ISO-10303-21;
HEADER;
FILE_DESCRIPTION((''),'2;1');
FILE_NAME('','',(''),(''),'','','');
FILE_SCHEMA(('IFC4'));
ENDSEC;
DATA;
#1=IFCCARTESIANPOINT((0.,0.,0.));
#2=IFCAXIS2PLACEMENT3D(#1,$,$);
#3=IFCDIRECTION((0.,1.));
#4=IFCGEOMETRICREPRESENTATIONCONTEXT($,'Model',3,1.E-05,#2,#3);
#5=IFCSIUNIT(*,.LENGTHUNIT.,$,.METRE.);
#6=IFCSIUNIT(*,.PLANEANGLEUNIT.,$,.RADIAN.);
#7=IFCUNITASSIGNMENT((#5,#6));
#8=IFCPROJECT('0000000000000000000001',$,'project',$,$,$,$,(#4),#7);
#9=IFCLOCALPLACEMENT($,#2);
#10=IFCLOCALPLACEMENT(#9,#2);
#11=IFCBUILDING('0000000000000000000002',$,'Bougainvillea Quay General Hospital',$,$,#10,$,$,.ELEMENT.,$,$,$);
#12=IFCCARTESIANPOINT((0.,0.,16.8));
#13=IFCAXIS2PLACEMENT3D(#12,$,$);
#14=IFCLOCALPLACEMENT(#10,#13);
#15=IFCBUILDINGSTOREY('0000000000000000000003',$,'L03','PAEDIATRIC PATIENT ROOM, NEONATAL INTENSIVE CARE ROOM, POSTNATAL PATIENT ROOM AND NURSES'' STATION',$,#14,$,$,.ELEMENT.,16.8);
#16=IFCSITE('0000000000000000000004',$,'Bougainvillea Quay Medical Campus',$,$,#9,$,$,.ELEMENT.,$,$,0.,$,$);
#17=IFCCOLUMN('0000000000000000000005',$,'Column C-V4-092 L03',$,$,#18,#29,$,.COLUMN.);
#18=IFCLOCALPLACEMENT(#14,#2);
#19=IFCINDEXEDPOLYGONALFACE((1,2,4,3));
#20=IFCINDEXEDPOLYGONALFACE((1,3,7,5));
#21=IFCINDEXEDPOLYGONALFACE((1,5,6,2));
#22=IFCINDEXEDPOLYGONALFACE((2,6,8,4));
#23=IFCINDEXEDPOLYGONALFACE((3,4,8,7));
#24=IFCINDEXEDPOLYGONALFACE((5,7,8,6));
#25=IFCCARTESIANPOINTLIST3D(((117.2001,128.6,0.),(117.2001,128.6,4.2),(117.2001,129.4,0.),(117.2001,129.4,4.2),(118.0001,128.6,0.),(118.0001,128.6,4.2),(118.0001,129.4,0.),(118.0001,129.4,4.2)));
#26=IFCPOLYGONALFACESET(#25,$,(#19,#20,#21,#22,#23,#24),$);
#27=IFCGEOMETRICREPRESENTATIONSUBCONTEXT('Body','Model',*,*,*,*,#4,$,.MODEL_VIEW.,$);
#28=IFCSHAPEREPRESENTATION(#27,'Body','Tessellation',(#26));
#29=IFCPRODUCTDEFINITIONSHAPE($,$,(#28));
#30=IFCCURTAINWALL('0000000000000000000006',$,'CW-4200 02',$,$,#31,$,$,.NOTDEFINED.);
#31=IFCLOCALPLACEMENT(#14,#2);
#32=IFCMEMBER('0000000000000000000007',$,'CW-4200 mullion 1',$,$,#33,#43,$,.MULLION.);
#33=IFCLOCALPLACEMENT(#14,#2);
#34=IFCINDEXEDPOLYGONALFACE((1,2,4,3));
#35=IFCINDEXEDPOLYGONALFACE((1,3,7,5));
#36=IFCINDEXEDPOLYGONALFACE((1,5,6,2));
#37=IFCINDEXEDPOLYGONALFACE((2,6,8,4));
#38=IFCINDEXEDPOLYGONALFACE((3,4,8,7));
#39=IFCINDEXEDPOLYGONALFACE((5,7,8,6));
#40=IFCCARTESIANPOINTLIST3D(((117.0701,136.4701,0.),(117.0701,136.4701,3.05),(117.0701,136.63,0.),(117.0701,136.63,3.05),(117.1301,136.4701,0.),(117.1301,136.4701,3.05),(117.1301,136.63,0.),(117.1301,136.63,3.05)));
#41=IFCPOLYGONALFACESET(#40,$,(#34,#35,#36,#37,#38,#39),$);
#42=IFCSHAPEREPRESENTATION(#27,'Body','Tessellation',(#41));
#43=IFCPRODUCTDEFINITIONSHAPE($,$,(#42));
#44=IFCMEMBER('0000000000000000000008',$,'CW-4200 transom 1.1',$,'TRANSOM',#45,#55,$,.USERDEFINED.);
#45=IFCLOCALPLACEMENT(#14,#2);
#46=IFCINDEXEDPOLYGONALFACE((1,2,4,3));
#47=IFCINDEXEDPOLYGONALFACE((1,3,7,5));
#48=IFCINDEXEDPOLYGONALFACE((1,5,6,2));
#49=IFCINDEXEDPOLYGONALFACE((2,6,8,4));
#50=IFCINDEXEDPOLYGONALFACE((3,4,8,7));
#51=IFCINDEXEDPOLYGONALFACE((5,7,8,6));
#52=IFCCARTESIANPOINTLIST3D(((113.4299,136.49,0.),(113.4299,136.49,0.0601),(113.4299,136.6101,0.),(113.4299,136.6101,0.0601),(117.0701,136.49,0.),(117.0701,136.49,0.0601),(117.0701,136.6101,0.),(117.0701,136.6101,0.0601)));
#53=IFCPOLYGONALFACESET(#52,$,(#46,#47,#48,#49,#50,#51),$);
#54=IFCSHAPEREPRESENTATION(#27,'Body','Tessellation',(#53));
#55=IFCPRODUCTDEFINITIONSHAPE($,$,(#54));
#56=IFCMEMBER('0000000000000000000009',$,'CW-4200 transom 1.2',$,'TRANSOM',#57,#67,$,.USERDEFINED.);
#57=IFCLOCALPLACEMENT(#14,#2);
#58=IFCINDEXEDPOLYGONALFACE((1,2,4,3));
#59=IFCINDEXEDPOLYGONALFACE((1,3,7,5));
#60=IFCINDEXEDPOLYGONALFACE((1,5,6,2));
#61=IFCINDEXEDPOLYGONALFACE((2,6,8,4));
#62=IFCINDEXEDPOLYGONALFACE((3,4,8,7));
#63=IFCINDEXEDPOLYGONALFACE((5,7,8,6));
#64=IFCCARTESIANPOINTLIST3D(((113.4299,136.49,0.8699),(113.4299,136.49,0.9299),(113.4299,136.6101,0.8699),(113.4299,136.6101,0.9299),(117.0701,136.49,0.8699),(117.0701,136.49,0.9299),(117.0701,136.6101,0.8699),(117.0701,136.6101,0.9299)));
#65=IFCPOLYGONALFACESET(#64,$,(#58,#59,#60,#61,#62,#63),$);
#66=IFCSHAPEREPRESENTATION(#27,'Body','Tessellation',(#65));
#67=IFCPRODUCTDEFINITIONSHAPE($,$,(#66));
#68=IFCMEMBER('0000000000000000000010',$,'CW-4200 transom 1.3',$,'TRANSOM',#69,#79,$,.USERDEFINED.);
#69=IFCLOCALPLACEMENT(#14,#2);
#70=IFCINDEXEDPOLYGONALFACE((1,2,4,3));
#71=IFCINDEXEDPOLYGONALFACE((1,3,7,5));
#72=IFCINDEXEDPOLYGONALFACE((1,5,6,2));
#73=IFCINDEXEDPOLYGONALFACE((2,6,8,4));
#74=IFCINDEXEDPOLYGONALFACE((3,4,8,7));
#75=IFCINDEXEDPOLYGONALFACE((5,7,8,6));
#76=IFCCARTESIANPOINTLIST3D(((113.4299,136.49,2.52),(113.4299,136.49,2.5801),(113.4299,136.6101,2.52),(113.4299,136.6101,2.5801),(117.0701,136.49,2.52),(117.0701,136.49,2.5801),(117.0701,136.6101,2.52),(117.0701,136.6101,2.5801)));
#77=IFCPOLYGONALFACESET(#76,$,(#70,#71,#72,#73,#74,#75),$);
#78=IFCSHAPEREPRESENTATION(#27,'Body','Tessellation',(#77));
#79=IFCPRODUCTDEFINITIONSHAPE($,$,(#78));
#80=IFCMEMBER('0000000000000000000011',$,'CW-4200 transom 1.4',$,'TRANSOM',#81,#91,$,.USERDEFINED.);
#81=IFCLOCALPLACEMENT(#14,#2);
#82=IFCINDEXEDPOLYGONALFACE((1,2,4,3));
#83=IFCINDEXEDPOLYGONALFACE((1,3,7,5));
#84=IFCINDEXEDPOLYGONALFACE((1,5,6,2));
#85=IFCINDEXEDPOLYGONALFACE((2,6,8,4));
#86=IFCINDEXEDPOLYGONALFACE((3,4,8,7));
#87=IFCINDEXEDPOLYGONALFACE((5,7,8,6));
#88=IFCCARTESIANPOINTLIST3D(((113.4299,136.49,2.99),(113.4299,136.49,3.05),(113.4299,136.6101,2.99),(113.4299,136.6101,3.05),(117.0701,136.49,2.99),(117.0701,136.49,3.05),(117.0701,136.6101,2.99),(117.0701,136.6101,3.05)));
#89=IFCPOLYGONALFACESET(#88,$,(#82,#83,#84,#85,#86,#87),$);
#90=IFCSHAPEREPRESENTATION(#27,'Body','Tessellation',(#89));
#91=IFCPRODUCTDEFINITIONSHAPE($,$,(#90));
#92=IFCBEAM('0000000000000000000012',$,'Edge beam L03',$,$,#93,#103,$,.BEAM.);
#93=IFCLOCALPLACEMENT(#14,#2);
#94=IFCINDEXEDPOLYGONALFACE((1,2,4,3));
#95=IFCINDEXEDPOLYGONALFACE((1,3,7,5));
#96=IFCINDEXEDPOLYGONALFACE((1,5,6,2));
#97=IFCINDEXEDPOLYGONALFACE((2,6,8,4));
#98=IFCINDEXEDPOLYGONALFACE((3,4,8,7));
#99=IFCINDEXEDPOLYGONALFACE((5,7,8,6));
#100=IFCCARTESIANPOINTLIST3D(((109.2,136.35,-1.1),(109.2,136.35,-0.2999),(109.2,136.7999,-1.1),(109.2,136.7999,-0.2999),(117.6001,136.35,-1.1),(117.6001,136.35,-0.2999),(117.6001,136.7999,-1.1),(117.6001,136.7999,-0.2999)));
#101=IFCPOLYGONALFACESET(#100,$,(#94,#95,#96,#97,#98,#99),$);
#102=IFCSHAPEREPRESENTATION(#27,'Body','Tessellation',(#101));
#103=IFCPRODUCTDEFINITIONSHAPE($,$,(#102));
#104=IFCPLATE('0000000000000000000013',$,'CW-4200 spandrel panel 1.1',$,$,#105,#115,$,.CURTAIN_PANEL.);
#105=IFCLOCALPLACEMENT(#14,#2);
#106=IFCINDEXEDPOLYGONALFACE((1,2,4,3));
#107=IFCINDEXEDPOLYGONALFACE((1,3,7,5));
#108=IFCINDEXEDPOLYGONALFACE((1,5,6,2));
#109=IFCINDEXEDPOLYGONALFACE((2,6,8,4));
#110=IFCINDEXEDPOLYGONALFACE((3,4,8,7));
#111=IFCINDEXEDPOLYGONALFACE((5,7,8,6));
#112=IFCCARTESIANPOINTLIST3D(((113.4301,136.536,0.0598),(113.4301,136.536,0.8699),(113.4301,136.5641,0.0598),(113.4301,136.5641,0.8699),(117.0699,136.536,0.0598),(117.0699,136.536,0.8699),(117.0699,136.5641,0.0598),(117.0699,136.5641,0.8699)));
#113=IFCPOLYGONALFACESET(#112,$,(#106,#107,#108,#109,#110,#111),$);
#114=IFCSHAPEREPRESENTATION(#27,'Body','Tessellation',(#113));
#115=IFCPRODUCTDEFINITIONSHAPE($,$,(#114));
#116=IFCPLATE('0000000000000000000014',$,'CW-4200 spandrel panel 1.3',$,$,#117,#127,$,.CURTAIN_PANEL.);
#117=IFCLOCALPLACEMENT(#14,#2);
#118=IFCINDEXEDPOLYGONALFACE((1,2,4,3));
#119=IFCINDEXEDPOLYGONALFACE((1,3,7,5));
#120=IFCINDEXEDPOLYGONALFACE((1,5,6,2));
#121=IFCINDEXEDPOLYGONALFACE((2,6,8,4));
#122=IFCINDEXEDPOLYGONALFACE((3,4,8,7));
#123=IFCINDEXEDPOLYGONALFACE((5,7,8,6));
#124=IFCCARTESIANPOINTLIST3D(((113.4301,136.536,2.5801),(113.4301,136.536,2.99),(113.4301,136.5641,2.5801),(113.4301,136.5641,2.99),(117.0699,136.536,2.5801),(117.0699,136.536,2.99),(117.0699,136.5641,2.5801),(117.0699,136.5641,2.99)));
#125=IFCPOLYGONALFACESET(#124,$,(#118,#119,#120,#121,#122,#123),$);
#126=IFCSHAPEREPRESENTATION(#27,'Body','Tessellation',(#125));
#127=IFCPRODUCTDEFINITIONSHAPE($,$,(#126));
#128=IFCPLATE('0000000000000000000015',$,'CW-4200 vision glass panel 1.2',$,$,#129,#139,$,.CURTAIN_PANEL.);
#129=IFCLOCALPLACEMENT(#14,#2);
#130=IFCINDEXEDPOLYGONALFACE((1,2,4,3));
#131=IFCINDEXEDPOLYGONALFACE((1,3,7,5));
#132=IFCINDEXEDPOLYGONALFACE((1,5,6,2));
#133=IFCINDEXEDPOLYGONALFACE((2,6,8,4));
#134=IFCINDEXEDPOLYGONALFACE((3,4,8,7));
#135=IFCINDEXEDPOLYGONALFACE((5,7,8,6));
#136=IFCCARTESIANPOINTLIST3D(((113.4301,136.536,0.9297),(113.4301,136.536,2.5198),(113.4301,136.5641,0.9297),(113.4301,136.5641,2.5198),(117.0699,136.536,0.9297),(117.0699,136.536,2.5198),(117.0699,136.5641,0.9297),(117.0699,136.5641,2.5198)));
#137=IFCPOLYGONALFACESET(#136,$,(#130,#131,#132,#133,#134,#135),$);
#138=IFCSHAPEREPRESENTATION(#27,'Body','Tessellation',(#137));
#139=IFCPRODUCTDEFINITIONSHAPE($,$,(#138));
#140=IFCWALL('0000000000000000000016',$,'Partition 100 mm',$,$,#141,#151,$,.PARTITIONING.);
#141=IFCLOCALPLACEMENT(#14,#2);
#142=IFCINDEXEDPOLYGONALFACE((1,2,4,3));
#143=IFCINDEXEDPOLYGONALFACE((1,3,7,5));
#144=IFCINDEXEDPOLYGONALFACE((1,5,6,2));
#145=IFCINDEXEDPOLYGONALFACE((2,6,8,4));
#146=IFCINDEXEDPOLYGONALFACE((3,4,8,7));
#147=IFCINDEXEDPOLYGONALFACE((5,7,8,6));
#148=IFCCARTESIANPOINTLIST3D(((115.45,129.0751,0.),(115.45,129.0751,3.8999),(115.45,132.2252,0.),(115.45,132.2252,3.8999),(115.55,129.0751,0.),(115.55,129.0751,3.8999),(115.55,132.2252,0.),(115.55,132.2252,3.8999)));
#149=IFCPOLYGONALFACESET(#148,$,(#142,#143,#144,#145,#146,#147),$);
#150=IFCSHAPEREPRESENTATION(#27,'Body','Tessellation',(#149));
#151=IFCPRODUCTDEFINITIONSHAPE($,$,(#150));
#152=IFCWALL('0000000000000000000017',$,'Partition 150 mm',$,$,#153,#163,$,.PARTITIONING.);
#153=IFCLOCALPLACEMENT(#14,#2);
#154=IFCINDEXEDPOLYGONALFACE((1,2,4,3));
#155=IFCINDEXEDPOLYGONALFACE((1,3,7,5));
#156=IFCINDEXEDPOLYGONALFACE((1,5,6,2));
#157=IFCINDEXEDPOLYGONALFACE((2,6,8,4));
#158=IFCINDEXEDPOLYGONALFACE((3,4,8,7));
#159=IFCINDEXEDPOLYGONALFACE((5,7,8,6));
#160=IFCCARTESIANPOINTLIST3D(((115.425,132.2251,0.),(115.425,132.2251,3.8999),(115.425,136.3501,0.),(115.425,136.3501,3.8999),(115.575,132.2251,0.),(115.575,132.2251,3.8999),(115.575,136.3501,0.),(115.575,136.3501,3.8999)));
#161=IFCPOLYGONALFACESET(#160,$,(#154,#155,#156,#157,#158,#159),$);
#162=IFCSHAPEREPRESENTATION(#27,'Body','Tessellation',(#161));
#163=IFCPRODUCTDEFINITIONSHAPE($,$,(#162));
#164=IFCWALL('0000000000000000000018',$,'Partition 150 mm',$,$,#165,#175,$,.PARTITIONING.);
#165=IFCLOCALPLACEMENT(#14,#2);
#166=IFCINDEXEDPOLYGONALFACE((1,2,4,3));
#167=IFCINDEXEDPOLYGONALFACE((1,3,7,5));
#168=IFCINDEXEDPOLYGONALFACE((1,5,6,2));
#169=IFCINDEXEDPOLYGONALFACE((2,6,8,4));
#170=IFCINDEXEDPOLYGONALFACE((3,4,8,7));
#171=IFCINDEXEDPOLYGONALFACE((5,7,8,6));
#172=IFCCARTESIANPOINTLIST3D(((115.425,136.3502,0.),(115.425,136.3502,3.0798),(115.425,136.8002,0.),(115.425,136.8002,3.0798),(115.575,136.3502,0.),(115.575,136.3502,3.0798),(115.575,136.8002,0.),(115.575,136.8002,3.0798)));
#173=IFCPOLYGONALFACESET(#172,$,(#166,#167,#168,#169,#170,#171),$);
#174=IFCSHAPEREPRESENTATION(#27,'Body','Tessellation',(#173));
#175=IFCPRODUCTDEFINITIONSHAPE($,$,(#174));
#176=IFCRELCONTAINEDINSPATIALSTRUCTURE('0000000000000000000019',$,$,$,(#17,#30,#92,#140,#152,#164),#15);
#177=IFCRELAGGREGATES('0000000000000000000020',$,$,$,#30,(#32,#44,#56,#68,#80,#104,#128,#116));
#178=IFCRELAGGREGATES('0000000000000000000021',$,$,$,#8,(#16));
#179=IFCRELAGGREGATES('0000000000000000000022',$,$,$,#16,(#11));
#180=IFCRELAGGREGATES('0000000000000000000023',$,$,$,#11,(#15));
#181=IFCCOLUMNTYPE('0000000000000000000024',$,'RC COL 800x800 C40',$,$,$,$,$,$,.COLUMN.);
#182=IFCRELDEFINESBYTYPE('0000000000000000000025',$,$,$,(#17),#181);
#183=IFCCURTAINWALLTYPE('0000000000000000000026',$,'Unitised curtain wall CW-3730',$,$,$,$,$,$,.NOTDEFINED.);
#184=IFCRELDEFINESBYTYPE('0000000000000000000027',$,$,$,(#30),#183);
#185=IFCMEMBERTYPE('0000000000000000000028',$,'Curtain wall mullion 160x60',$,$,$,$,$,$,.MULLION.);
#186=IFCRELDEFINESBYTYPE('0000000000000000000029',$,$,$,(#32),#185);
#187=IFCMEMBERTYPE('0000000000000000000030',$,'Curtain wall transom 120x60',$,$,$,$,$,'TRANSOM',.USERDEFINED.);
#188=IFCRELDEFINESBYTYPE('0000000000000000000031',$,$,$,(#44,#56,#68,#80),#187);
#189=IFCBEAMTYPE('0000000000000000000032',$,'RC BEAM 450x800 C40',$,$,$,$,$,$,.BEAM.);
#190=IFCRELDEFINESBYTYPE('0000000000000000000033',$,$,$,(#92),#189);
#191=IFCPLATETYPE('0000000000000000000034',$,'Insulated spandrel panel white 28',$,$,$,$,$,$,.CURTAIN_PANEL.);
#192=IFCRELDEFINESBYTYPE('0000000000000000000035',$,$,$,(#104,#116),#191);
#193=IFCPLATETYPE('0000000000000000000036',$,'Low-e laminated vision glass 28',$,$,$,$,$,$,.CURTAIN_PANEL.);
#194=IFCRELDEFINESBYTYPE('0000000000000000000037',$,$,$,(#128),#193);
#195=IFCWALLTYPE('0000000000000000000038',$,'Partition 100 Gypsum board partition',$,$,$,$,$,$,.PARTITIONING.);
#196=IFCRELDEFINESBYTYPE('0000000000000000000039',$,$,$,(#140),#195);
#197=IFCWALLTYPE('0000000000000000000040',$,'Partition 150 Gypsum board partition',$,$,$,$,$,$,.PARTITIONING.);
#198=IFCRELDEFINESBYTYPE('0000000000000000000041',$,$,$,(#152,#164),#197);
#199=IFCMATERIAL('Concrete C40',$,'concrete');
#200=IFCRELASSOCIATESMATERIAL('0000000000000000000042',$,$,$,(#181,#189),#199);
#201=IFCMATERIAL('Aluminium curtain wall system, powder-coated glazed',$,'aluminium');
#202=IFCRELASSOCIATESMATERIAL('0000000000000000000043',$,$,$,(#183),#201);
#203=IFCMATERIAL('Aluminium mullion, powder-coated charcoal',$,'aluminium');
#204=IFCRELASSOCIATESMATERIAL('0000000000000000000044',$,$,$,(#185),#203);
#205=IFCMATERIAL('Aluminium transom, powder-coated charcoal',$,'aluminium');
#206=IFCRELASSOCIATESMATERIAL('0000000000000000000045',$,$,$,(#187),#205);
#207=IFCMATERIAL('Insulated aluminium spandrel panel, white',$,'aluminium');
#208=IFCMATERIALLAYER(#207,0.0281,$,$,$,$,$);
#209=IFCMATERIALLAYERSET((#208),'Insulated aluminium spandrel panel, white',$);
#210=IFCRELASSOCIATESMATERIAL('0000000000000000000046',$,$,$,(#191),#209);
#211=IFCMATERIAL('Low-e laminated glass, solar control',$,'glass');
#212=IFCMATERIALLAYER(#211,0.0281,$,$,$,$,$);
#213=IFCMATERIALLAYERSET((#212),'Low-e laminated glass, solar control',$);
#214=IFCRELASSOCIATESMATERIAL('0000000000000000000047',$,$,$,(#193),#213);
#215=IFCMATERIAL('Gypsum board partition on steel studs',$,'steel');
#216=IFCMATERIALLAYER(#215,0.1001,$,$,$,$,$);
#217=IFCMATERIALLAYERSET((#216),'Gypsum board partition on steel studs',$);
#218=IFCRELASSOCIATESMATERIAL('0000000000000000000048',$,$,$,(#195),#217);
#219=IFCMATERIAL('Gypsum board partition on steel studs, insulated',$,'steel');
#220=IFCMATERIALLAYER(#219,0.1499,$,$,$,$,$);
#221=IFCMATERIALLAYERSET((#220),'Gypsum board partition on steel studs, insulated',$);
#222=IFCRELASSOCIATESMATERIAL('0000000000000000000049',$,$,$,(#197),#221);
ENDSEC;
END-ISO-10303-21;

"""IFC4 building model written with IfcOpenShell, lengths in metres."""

from ifc_helpers import new_model, si_unit, direction, frame, frame_2d, origin, origin_2d, place, context, subcontext, project, spatial, rectangle, extrude, material, layer, layer_set, material_profile, profile_set, type_object, element, aggregate, save


model = new_model("IFC4")

# Units and contexts
model_context = context("Model", 3, precision=1e-05, world=origin(), true_north=direction((0.0, 1.0)))
body_context = subcontext(model_context, "Body", "Model", "MODEL_VIEW")
ifc_project = project(units=[si_unit("LENGTHUNIT", "METRE"), si_unit("PLANEANGLEUNIT", "RADIAN")], contexts=[model_context])

# Site, building, storey
site_placement = place(None, origin())
site = spatial("IfcSite", under=ifc_project, at=site_placement, Name="Bougainvillea Quay Medical Campus", CompositionType="ELEMENT", RefElevation=0.0)
building_placement = place(site_placement, origin())
building = spatial("IfcBuilding", under=site, at=building_placement, Name="Bougainvillea Quay General Hospital", CompositionType="ELEMENT")
storey_placement = place(building_placement, frame((0.0, 0.0, 16.8)))
storey = spatial("IfcBuildingStorey", under=building, at=storey_placement, Name="L03", Description="PAEDIATRIC PATIENT ROOM, NEONATAL INTENSIVE CARE ROOM, POSTNATAL PATIENT ROOM AND NURSES' STATION", CompositionType="ELEMENT", Elevation=16.8)

# Column
ifc_material_1 = material(Name="Concrete C40", Category="concrete")
ifc_material_profile_1 = material_profile(ifc_material_1, rectangle(XDim=0.8, YDim=0.8, at=origin_2d()))
ifc_profile_set_1 = profile_set([ifc_material_profile_1], Name="Concrete C40")
column_type = type_object("IfcColumnType", Name="RC COL 800x800 C40", PredefinedType="COLUMN", material=ifc_profile_set_1)
column_placement = place(storey_placement, frame((117.6001, 129.0, 0.0), z_axis=(0.0, 0.0, 1.0), x_axis=(1.0, 0.0, 0.0)))
element("IfcColumn", 1, at=column_placement, inside=storey, type_object=column_type, Name="Column C-V4-092 L03", PredefinedType="COLUMN", context=body_context, shape_type="SweptSolid", body=[
    extrude(rectangle(XDim=0.8, YDim=0.8, at=origin_2d()), origin(), (0.0, 0.0, 1.0), 4.2),
])

# Curtain wall, members
ifc_material_2 = material(Name="Aluminium curtain wall system, powder-coated glazed", Category="aluminium")
curtain_wall_type = type_object("IfcCurtainWallType", Name="Unitised curtain wall CW-3730", PredefinedType="NOTDEFINED", material=ifc_material_2)
curtain_wall_placement = place(storey_placement, origin())
curtain_wall = element("IfcCurtainWall", 2, at=curtain_wall_placement, inside=storey, type_object=curtain_wall_type, Name="CW-4200 02", PredefinedType="NOTDEFINED")
ifc_material_3 = material(Name="Aluminium mullion, powder-coated charcoal", Category="aluminium")
ifc_material_profile_2 = material_profile(ifc_material_3, rectangle(XDim=0.1599, YDim=0.0601, at=origin_2d()))
ifc_profile_set_2 = profile_set([ifc_material_profile_2], Name="Aluminium mullion, powder-coated charcoal")
member_type_1 = type_object("IfcMemberType", Name="Curtain wall mullion 160x60", PredefinedType="MULLION", material=ifc_profile_set_2)
member_1_placement = place(storey_placement, frame((117.1001, 136.55, 0.0), z_axis=(0.0, 0.0, 1.0), x_axis=(0.0, -1.0, 0.0)))
member_1 = element("IfcMember", 3, at=member_1_placement, type_object=member_type_1, Name="CW-4200 mullion 1", PredefinedType="MULLION", context=body_context, shape_type="SweptSolid", body=[
    extrude(rectangle(XDim=0.1599, YDim=0.0601, at=origin_2d()), origin(), (0.0, 0.0, 1.0), 3.05),
])
ifc_material_4 = material(Name="Aluminium transom, powder-coated charcoal", Category="aluminium")
ifc_material_profile_3 = material_profile(ifc_material_4, rectangle(XDim=0.1201, YDim=0.0601, at=origin_2d()))
ifc_profile_set_3 = profile_set([ifc_material_profile_3], Name="Aluminium transom, powder-coated charcoal")
member_type_2 = type_object("IfcMemberType", Name="Curtain wall transom 120x60", ElementType="TRANSOM", PredefinedType="USERDEFINED", material=ifc_profile_set_3)
member_2_placement = place(storey_placement, frame((117.0701, 136.55, 0.03), z_axis=(-1.0, 0.0, 0.0), x_axis=(0.0, -1.0, 0.0)))
member_2 = element("IfcMember", 4, at=member_2_placement, type_object=member_type_2, Name="CW-4200 transom 1.1", ObjectType="TRANSOM", PredefinedType="USERDEFINED", context=body_context, shape_type="SweptSolid", body=[
    extrude(rectangle(XDim=0.1201, YDim=0.0601, at=origin_2d()), origin(), (0.0, 0.0, 1.0), 3.6401),
])
member_3_placement = place(storey_placement, frame((117.0701, 136.55, 0.8999), z_axis=(-1.0, 0.0, 0.0), x_axis=(0.0, -1.0, 0.0)))
member_3 = element("IfcMember", 5, at=member_3_placement, type_object=member_type_2, Name="CW-4200 transom 1.2", ObjectType="TRANSOM", PredefinedType="USERDEFINED", context=body_context, shape_type="SweptSolid", body=[
    extrude(rectangle(XDim=0.1201, YDim=0.0601, at=origin_2d()), origin(), (0.0, 0.0, 1.0), 3.6401),
])
member_4_placement = place(storey_placement, frame((117.0701, 136.55, 2.55), z_axis=(-1.0, 0.0, 0.0), x_axis=(0.0, -1.0, 0.0)))
member_4 = element("IfcMember", 6, at=member_4_placement, type_object=member_type_2, Name="CW-4200 transom 1.3", ObjectType="TRANSOM", PredefinedType="USERDEFINED", context=body_context, shape_type="SweptSolid", body=[
    extrude(rectangle(XDim=0.1201, YDim=0.0601, at=origin_2d()), origin(), (0.0, 0.0, 1.0), 3.6401),
])
member_5_placement = place(storey_placement, frame((117.0701, 136.55, 3.02), z_axis=(-1.0, 0.0, 0.0), x_axis=(0.0, -1.0, 0.0)))
member_5 = element("IfcMember", 7, at=member_5_placement, type_object=member_type_2, Name="CW-4200 transom 1.4", ObjectType="TRANSOM", PredefinedType="USERDEFINED", context=body_context, shape_type="SweptSolid", body=[
    extrude(rectangle(XDim=0.1201, YDim=0.0601, at=origin_2d()), origin(), (0.0, 0.0, 1.0), 3.6401),
])

# Beam
ifc_material_profile_4 = material_profile(ifc_material_1, rectangle(XDim=0.45, YDim=0.8, at=origin_2d()))
ifc_profile_set_4 = profile_set([ifc_material_profile_4], Name="Concrete C40")
beam_type = type_object("IfcBeamType", Name="RC BEAM 450x800 C40", PredefinedType="BEAM", material=ifc_profile_set_4)
beam_placement = place(storey_placement, frame((117.6001, 136.575, -0.7), z_axis=(-1.0, 0.0, 0.0), x_axis=(0.0, -1.0, 0.0)))
element("IfcBeam", 8, at=beam_placement, inside=storey, type_object=beam_type, Name="Edge beam L03", PredefinedType="BEAM", context=body_context, shape_type="SweptSolid", body=[
    extrude(rectangle(XDim=0.45, YDim=0.8, at=origin_2d()), origin(), (0.0, 0.0, 1.0), 8.4001),
])

# Plates
ifc_material_5 = material(Name="Insulated aluminium spandrel panel, white", Category="aluminium")
ifc_layer_1 = layer(ifc_material_5, 0.0281)
ifc_layer_set_1 = layer_set([ifc_layer_1], Name="Insulated aluminium spandrel panel, white")
plate_type_1 = type_object("IfcPlateType", Name="Insulated spandrel panel white 28", PredefinedType="CURTAIN_PANEL", material=ifc_layer_set_1)
plate_1_placement = place(storey_placement, frame((115.25, 136.55, 0.0598), z_axis=(0.0, 0.0, 1.0), x_axis=(-1.0, 0.0, 0.0)))
plate_1 = element("IfcPlate", 9, at=plate_1_placement, type_object=plate_type_1, Name="CW-4200 spandrel panel 1.1", PredefinedType="CURTAIN_PANEL", context=body_context, shape_type="SweptSolid", body=[
    extrude(rectangle(XDim=3.6399, YDim=0.0281, at=origin_2d()), origin(), (0.0, 0.0, 1.0), 0.8101),
])
plate_2_placement = place(storey_placement, frame((115.25, 136.55, 2.5801), z_axis=(0.0, 0.0, 1.0), x_axis=(-1.0, 0.0, 0.0)))
plate_2 = element("IfcPlate", 10, at=plate_2_placement, type_object=plate_type_1, Name="CW-4200 spandrel panel 1.3", PredefinedType="CURTAIN_PANEL", context=body_context, shape_type="SweptSolid", body=[
    extrude(rectangle(XDim=3.6399, YDim=0.0281, at=origin_2d()), origin(), (0.0, 0.0, 1.0), 0.4099),
])
ifc_material_6 = material(Name="Low-e laminated glass, solar control", Category="glass")
ifc_layer_2 = layer(ifc_material_6, 0.0281)
ifc_layer_set_2 = layer_set([ifc_layer_2], Name="Low-e laminated glass, solar control")
plate_type_2 = type_object("IfcPlateType", Name="Low-e laminated vision glass 28", PredefinedType="CURTAIN_PANEL", material=ifc_layer_set_2)
plate_3_placement = place(storey_placement, frame((115.25, 136.55, 0.9297), z_axis=(0.0, 0.0, 1.0), x_axis=(-1.0, 0.0, 0.0)))
plate_3 = element("IfcPlate", 11, at=plate_3_placement, type_object=plate_type_2, Name="CW-4200 vision glass panel 1.2", PredefinedType="CURTAIN_PANEL", context=body_context, shape_type="SweptSolid", body=[
    extrude(rectangle(XDim=3.6399, YDim=0.0281, at=origin_2d()), origin(), (0.0, 0.0, 1.0), 1.5901),
])
aggregate(curtain_wall, [member_1, member_2, member_3, member_4, member_5, plate_1, plate_3, plate_2])

# Walls
ifc_material_7 = material(Name="Gypsum board partition on steel studs", Category="steel")
ifc_layer_3 = layer(ifc_material_7, 0.1001)
ifc_layer_set_3 = layer_set([ifc_layer_3], Name="Gypsum board partition on steel studs")
wall_type_1 = type_object("IfcWallType", Name="Partition 100 Gypsum board partition", PredefinedType="PARTITIONING", material=ifc_layer_set_3)
wall_1_placement = place(storey_placement, frame((115.5, 129.075, 0.0), z_axis=(0.0, 0.0, 1.0), x_axis=(0.0, 1.0, 0.0)))
element("IfcWall", 12, at=wall_1_placement, inside=storey, type_object=wall_type_1, Name="Partition 100 mm", PredefinedType="PARTITIONING", context=body_context, shape_type="SweptSolid", body=[
    extrude(rectangle(XDim=3.1501, YDim=0.1001, at=frame_2d((1.5752, 0.0))), origin(), (0.0, 0.0, 1.0), 3.8999),
])
ifc_material_8 = material(Name="Gypsum board partition on steel studs, insulated", Category="steel")
ifc_layer_4 = layer(ifc_material_8, 0.1499)
ifc_layer_set_4 = layer_set([ifc_layer_4], Name="Gypsum board partition on steel studs, insulated")
wall_type_2 = type_object("IfcWallType", Name="Partition 150 Gypsum board partition", PredefinedType="PARTITIONING", material=ifc_layer_set_4)
wall_2_placement = place(storey_placement, frame((115.5, 132.2251, 0.0), z_axis=(0.0, 0.0, 1.0), x_axis=(0.0, 1.0, 0.0)))
element("IfcWall", 13, at=wall_2_placement, inside=storey, type_object=wall_type_2, Name="Partition 150 mm", PredefinedType="PARTITIONING", context=body_context, shape_type="SweptSolid", body=[
    extrude(rectangle(XDim=4.125, YDim=0.1499, at=frame_2d((2.0625, 0.0))), origin(), (0.0, 0.0, 1.0), 3.8999),
])
wall_3_placement = place(storey_placement, frame((115.5, 136.3501, 0.0), z_axis=(0.0, 0.0, 1.0), x_axis=(0.0, 1.0, 0.0)))
element("IfcWall", 14, at=wall_3_placement, inside=storey, type_object=wall_type_2, Name="Partition 150 mm", PredefinedType="PARTITIONING", context=body_context, shape_type="SweptSolid", body=[
    extrude(rectangle(XDim=0.45, YDim=0.1499, at=frame_2d((0.2251, 0.0))), origin(), (0.0, 0.0, 1.0), 3.0798),
])

save(model, "model.ifc")
